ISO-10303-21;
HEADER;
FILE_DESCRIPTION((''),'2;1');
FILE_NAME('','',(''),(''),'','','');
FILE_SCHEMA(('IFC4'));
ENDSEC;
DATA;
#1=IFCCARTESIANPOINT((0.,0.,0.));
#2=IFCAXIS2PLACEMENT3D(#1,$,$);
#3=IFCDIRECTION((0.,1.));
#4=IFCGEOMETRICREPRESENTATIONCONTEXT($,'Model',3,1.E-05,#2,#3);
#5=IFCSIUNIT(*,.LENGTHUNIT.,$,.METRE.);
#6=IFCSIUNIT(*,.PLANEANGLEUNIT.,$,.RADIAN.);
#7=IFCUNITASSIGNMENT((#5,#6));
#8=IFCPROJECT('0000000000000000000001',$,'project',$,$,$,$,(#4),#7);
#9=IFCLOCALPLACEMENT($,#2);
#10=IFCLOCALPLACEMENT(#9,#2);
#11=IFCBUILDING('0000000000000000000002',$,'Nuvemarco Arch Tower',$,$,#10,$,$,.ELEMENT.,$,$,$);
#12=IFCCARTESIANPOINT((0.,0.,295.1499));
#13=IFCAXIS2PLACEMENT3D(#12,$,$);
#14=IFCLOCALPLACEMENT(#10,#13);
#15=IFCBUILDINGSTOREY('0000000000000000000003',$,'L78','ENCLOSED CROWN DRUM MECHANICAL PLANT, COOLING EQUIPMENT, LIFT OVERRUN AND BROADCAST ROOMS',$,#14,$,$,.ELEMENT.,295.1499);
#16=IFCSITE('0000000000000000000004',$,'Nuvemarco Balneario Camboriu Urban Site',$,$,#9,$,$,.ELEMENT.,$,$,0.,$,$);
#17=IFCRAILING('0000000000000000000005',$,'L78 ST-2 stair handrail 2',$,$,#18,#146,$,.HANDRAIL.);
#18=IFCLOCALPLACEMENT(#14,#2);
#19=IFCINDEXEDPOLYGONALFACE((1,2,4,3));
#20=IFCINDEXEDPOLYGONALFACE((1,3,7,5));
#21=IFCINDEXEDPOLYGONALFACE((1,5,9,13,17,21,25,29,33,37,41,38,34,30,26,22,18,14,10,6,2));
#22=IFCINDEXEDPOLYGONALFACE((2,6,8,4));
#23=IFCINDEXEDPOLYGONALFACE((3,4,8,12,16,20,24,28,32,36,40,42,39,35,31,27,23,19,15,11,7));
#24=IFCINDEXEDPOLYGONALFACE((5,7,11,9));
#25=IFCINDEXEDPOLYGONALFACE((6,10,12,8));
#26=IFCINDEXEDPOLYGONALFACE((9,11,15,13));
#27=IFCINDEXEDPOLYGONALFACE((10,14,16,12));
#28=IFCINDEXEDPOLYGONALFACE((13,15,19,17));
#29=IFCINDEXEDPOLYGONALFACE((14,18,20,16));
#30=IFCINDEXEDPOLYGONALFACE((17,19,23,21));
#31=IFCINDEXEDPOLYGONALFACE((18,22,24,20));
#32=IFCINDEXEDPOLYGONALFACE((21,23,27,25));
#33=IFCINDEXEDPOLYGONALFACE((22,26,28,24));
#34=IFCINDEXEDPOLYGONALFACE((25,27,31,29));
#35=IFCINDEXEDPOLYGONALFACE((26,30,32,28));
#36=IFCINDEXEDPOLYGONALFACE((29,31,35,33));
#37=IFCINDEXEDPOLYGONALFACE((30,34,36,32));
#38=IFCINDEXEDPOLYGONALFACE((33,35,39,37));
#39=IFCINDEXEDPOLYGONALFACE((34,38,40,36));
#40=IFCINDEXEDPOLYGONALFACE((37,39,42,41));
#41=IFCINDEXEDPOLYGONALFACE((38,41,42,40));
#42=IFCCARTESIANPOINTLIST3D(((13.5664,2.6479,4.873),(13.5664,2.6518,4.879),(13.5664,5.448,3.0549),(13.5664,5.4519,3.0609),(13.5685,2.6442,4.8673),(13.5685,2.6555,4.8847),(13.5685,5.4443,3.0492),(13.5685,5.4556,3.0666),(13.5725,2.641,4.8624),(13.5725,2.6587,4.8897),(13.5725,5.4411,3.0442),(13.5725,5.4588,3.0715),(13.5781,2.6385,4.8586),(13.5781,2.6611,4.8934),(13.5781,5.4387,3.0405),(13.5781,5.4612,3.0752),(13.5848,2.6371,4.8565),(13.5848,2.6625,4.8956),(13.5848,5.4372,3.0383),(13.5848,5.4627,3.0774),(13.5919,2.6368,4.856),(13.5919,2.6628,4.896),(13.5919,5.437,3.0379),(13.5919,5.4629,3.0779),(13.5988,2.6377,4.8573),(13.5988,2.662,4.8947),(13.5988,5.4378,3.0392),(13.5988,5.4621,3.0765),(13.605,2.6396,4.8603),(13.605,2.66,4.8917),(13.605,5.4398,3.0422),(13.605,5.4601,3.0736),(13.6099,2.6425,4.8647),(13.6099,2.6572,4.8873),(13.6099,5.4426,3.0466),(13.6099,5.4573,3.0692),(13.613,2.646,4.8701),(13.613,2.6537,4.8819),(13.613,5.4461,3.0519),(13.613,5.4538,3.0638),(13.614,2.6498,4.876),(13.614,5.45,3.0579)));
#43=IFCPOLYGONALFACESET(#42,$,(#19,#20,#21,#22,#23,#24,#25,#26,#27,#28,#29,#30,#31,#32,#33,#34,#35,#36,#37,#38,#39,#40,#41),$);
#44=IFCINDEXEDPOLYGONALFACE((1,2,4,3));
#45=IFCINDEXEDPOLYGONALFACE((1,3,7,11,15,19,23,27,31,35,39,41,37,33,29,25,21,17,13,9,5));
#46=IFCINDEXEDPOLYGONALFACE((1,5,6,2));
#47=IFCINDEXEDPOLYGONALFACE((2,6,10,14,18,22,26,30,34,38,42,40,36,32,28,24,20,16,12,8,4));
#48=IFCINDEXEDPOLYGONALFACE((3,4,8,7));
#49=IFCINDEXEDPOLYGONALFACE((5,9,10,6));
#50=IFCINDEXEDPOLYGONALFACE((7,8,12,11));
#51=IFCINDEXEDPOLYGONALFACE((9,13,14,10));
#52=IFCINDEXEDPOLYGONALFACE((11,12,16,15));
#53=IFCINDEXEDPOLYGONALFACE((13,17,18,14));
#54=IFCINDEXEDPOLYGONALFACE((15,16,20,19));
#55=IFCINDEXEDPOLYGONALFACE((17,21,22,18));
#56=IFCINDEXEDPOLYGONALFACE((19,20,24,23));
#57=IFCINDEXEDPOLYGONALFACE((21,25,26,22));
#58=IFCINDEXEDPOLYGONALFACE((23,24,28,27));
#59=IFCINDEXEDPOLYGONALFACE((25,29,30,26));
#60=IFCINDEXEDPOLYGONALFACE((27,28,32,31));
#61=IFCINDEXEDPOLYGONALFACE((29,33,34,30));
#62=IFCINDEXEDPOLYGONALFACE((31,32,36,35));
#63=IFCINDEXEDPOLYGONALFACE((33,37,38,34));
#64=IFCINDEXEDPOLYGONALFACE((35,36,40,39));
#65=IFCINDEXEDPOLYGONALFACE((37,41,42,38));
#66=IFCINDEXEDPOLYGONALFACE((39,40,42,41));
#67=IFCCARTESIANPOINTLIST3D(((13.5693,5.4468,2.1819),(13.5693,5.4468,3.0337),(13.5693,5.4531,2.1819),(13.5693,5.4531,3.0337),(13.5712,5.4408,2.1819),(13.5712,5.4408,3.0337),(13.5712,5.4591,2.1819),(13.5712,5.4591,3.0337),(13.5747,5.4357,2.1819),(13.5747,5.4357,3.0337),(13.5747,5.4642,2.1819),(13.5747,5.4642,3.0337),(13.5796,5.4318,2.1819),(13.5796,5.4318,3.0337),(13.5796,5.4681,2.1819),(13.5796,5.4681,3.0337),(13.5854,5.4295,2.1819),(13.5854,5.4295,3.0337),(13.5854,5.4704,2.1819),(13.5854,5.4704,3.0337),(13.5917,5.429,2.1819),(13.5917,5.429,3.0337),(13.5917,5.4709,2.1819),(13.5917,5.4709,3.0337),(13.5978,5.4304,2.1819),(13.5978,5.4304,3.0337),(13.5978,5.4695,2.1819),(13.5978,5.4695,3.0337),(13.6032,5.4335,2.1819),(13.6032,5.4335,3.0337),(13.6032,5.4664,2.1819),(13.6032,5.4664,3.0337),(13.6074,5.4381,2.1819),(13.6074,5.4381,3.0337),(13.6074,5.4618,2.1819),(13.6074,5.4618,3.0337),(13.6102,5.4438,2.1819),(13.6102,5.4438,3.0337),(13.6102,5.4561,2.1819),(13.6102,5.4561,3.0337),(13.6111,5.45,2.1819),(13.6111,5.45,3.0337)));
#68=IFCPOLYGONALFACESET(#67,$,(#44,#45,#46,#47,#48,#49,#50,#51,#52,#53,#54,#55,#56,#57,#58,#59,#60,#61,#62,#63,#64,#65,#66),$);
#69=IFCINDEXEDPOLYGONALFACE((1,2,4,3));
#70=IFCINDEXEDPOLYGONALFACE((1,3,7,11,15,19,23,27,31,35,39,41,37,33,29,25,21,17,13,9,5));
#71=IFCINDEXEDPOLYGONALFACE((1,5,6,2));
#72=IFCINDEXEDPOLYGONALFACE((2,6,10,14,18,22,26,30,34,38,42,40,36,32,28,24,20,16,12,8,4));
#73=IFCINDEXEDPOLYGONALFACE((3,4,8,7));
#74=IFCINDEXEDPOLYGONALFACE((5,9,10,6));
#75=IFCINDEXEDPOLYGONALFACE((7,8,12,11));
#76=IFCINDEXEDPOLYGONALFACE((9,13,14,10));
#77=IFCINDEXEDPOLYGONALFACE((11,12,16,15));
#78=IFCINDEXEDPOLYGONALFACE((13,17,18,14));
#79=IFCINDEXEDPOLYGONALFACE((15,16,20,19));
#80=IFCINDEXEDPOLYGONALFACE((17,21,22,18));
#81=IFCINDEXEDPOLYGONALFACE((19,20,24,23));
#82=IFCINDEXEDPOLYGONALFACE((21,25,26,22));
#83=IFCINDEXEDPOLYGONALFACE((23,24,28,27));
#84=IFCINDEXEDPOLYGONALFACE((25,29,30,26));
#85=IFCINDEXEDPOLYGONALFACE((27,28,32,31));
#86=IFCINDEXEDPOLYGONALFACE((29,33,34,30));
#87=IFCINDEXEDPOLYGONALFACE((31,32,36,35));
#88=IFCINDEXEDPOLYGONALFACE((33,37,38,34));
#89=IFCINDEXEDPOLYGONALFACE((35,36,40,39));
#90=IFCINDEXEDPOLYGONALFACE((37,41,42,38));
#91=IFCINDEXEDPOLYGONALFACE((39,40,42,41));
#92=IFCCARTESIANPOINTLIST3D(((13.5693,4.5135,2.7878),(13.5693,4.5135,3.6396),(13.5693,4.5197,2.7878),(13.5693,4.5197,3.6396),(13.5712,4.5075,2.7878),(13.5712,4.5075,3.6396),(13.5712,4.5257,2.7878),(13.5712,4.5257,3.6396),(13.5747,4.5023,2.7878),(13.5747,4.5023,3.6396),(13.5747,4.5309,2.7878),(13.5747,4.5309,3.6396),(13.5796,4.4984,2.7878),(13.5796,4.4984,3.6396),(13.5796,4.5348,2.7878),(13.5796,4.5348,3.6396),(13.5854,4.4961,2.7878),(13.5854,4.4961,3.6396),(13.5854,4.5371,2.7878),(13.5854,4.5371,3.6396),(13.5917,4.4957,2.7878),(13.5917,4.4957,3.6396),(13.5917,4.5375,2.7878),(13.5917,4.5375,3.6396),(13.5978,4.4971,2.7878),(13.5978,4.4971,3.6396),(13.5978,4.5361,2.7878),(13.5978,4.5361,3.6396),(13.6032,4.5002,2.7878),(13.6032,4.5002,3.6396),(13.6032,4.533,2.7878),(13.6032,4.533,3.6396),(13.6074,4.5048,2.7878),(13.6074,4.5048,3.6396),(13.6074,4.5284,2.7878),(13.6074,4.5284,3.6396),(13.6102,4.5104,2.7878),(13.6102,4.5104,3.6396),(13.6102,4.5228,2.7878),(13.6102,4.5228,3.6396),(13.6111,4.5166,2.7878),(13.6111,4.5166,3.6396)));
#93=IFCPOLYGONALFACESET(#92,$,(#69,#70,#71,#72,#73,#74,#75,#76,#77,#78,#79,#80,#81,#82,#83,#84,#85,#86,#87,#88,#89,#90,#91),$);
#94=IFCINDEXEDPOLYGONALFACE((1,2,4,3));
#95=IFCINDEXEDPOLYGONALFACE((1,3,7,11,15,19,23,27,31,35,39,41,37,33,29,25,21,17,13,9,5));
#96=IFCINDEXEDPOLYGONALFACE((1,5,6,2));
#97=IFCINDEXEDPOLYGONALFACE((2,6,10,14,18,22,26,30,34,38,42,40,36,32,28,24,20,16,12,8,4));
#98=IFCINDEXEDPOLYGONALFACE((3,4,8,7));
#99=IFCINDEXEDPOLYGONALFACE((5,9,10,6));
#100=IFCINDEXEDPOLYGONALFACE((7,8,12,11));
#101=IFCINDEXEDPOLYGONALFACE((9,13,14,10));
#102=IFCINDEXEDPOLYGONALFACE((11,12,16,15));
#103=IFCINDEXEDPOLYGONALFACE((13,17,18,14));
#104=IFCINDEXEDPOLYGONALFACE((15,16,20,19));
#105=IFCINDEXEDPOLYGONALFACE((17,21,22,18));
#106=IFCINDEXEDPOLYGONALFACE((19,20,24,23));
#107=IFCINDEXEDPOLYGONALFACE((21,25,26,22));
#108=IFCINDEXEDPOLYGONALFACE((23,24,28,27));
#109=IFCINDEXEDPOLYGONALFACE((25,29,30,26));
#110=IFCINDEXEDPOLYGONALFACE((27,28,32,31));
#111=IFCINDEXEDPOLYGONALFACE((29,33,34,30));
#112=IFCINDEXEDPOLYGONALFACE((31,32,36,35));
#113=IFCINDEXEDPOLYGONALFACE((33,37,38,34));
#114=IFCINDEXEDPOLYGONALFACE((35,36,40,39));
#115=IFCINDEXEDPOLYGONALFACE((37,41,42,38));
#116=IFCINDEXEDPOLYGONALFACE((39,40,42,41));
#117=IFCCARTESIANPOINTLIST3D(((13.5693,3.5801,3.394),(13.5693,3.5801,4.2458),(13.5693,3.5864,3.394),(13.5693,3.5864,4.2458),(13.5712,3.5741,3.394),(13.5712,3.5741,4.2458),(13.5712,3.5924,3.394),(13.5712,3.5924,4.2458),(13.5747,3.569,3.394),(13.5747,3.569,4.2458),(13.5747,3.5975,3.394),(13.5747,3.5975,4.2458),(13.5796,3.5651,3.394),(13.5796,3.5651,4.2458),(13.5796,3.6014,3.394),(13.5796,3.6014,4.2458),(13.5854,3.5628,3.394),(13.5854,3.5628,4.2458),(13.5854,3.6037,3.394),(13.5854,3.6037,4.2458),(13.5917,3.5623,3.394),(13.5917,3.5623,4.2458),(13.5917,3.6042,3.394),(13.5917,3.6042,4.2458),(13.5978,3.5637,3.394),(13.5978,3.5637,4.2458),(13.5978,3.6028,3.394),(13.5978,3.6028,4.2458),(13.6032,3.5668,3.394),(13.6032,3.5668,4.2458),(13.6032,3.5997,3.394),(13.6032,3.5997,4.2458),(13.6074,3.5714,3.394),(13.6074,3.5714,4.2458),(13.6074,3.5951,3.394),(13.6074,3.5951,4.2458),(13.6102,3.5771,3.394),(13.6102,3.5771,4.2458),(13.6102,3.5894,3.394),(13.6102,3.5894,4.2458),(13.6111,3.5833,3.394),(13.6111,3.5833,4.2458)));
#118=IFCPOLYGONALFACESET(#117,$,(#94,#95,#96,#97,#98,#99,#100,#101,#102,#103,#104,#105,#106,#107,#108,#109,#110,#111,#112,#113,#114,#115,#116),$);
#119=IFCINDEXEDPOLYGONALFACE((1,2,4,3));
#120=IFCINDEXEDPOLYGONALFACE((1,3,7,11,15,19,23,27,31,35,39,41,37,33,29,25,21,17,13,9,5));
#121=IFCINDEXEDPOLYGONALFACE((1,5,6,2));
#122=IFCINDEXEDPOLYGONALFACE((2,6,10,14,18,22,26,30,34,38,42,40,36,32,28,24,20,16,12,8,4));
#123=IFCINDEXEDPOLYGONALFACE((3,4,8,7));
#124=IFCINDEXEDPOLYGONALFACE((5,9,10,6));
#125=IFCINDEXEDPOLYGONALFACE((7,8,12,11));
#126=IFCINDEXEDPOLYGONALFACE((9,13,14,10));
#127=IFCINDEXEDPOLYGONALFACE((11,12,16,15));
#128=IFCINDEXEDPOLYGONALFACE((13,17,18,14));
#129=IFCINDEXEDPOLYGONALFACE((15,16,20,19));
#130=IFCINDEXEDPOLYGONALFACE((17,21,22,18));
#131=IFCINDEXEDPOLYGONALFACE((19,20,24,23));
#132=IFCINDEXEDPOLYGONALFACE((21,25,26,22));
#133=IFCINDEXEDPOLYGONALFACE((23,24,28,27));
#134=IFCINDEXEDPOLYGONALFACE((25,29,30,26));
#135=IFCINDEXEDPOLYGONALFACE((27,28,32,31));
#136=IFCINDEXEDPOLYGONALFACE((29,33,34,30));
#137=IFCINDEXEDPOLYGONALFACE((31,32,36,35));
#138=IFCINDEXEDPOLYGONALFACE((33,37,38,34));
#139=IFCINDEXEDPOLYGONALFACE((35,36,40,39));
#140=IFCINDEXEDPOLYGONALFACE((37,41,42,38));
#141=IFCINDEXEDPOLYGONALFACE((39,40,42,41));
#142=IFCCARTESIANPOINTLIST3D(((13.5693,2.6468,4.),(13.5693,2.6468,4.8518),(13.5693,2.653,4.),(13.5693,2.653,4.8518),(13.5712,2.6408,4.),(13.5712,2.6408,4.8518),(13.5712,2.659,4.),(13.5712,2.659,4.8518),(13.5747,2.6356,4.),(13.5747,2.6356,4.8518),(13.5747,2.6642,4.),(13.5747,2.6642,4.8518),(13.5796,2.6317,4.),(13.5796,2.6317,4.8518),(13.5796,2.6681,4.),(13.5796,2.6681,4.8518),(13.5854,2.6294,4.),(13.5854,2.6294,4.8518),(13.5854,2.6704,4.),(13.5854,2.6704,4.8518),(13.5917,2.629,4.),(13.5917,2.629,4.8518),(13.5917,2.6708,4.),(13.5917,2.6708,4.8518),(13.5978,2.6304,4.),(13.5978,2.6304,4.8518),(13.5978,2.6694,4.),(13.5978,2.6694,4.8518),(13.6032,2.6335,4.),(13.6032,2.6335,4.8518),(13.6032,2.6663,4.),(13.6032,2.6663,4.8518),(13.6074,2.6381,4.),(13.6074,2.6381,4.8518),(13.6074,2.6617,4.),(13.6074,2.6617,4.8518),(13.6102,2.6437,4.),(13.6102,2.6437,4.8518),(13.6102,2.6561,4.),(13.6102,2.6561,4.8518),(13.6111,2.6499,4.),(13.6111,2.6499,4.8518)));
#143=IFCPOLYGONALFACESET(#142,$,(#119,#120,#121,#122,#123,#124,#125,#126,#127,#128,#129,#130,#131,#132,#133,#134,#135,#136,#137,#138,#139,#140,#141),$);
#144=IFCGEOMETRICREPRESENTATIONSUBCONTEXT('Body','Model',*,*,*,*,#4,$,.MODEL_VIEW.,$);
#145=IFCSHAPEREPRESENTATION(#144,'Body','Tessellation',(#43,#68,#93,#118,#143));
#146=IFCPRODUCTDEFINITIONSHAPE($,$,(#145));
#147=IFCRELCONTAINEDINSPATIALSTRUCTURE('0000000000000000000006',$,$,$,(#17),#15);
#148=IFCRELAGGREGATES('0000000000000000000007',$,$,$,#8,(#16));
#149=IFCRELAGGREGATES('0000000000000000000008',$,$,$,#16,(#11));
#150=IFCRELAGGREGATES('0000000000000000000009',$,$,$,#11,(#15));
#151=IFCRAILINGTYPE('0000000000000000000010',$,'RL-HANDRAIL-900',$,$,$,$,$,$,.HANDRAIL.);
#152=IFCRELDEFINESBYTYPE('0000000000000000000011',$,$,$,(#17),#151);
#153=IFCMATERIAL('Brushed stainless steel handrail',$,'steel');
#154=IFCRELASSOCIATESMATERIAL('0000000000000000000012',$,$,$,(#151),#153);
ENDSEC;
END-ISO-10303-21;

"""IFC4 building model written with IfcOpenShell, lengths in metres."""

from ifc_helpers import new_model, si_unit, direction, frame, origin, origin_2d, place, context, subcontext, project, spatial, circle, extrude, material, type_object, element, save


model = new_model("IFC4")

# Units and contexts
model_context = context("Model", 3, precision=1e-05, world=origin(), true_north=direction((0.0, 1.0)))
body_context = subcontext(model_context, "Body", "Model", "MODEL_VIEW")
ifc_project = project(units=[si_unit("LENGTHUNIT", "METRE"), si_unit("PLANEANGLEUNIT", "RADIAN")], contexts=[model_context])

# Site, building, storey
site_placement = place(None, origin())
site = spatial("IfcSite", under=ifc_project, at=site_placement, Name="Nuvemarco Balneario Camboriu Urban Site", CompositionType="ELEMENT", RefElevation=0.0)
building_placement = place(site_placement, origin())
building = spatial("IfcBuilding", under=site, at=building_placement, Name="Nuvemarco Arch Tower", CompositionType="ELEMENT")
storey_placement = place(building_placement, frame((0.0, 0.0, 295.1499)))
storey = spatial("IfcBuildingStorey", under=building, at=storey_placement, Name="L78", Description="ENCLOSED CROWN DRUM MECHANICAL PLANT, COOLING EQUIPMENT, LIFT OVERRUN AND BROADCAST ROOMS", CompositionType="ELEMENT", Elevation=295.1499)

# Railing
ifc_material_1 = material(Name="Brushed stainless steel handrail", Category="steel")
railing_type_1 = type_object("IfcRailingType", Name="RL-HANDRAIL-900", PredefinedType="HANDRAIL", material=ifc_material_1)
railing_1_placement = place(storey_placement, frame((13.5901, 5.45, 2.1819)))
element("IfcRailing", 1, at=railing_1_placement, inside=storey, type_object=railing_type_1, Name="L78 ST-2 stair handrail 2", PredefinedType="HANDRAIL", context=body_context, shape_type="SweptSolid", body=[
    extrude(circle(Radius=0.0239, at=origin_2d()), frame((0.0, 0.0, 0.876), z_axis=(0.0, -0.838706, 0.544585), x_axis=(1.0, 0.0, 0.0)), (0.0, 0.0, 1.0), 3.3386),
    extrude(circle(Radius=0.021, at=origin_2d()), origin(), (0.0, 0.0, 1.0), 0.8518),
    extrude(circle(Radius=0.021, at=origin_2d()), frame((0.0, -0.9333, 0.606)), (0.0, 0.0, 1.0), 0.8518),
    extrude(circle(Radius=0.021, at=origin_2d()), frame((0.0, -1.8667, 1.2122)), (0.0, 0.0, 1.0), 0.8518),
    extrude(circle(Radius=0.021, at=origin_2d()), frame((0.0, -2.8, 1.8181)), (0.0, 0.0, 1.0), 0.8518),
])

save(model, "model.ifc")
